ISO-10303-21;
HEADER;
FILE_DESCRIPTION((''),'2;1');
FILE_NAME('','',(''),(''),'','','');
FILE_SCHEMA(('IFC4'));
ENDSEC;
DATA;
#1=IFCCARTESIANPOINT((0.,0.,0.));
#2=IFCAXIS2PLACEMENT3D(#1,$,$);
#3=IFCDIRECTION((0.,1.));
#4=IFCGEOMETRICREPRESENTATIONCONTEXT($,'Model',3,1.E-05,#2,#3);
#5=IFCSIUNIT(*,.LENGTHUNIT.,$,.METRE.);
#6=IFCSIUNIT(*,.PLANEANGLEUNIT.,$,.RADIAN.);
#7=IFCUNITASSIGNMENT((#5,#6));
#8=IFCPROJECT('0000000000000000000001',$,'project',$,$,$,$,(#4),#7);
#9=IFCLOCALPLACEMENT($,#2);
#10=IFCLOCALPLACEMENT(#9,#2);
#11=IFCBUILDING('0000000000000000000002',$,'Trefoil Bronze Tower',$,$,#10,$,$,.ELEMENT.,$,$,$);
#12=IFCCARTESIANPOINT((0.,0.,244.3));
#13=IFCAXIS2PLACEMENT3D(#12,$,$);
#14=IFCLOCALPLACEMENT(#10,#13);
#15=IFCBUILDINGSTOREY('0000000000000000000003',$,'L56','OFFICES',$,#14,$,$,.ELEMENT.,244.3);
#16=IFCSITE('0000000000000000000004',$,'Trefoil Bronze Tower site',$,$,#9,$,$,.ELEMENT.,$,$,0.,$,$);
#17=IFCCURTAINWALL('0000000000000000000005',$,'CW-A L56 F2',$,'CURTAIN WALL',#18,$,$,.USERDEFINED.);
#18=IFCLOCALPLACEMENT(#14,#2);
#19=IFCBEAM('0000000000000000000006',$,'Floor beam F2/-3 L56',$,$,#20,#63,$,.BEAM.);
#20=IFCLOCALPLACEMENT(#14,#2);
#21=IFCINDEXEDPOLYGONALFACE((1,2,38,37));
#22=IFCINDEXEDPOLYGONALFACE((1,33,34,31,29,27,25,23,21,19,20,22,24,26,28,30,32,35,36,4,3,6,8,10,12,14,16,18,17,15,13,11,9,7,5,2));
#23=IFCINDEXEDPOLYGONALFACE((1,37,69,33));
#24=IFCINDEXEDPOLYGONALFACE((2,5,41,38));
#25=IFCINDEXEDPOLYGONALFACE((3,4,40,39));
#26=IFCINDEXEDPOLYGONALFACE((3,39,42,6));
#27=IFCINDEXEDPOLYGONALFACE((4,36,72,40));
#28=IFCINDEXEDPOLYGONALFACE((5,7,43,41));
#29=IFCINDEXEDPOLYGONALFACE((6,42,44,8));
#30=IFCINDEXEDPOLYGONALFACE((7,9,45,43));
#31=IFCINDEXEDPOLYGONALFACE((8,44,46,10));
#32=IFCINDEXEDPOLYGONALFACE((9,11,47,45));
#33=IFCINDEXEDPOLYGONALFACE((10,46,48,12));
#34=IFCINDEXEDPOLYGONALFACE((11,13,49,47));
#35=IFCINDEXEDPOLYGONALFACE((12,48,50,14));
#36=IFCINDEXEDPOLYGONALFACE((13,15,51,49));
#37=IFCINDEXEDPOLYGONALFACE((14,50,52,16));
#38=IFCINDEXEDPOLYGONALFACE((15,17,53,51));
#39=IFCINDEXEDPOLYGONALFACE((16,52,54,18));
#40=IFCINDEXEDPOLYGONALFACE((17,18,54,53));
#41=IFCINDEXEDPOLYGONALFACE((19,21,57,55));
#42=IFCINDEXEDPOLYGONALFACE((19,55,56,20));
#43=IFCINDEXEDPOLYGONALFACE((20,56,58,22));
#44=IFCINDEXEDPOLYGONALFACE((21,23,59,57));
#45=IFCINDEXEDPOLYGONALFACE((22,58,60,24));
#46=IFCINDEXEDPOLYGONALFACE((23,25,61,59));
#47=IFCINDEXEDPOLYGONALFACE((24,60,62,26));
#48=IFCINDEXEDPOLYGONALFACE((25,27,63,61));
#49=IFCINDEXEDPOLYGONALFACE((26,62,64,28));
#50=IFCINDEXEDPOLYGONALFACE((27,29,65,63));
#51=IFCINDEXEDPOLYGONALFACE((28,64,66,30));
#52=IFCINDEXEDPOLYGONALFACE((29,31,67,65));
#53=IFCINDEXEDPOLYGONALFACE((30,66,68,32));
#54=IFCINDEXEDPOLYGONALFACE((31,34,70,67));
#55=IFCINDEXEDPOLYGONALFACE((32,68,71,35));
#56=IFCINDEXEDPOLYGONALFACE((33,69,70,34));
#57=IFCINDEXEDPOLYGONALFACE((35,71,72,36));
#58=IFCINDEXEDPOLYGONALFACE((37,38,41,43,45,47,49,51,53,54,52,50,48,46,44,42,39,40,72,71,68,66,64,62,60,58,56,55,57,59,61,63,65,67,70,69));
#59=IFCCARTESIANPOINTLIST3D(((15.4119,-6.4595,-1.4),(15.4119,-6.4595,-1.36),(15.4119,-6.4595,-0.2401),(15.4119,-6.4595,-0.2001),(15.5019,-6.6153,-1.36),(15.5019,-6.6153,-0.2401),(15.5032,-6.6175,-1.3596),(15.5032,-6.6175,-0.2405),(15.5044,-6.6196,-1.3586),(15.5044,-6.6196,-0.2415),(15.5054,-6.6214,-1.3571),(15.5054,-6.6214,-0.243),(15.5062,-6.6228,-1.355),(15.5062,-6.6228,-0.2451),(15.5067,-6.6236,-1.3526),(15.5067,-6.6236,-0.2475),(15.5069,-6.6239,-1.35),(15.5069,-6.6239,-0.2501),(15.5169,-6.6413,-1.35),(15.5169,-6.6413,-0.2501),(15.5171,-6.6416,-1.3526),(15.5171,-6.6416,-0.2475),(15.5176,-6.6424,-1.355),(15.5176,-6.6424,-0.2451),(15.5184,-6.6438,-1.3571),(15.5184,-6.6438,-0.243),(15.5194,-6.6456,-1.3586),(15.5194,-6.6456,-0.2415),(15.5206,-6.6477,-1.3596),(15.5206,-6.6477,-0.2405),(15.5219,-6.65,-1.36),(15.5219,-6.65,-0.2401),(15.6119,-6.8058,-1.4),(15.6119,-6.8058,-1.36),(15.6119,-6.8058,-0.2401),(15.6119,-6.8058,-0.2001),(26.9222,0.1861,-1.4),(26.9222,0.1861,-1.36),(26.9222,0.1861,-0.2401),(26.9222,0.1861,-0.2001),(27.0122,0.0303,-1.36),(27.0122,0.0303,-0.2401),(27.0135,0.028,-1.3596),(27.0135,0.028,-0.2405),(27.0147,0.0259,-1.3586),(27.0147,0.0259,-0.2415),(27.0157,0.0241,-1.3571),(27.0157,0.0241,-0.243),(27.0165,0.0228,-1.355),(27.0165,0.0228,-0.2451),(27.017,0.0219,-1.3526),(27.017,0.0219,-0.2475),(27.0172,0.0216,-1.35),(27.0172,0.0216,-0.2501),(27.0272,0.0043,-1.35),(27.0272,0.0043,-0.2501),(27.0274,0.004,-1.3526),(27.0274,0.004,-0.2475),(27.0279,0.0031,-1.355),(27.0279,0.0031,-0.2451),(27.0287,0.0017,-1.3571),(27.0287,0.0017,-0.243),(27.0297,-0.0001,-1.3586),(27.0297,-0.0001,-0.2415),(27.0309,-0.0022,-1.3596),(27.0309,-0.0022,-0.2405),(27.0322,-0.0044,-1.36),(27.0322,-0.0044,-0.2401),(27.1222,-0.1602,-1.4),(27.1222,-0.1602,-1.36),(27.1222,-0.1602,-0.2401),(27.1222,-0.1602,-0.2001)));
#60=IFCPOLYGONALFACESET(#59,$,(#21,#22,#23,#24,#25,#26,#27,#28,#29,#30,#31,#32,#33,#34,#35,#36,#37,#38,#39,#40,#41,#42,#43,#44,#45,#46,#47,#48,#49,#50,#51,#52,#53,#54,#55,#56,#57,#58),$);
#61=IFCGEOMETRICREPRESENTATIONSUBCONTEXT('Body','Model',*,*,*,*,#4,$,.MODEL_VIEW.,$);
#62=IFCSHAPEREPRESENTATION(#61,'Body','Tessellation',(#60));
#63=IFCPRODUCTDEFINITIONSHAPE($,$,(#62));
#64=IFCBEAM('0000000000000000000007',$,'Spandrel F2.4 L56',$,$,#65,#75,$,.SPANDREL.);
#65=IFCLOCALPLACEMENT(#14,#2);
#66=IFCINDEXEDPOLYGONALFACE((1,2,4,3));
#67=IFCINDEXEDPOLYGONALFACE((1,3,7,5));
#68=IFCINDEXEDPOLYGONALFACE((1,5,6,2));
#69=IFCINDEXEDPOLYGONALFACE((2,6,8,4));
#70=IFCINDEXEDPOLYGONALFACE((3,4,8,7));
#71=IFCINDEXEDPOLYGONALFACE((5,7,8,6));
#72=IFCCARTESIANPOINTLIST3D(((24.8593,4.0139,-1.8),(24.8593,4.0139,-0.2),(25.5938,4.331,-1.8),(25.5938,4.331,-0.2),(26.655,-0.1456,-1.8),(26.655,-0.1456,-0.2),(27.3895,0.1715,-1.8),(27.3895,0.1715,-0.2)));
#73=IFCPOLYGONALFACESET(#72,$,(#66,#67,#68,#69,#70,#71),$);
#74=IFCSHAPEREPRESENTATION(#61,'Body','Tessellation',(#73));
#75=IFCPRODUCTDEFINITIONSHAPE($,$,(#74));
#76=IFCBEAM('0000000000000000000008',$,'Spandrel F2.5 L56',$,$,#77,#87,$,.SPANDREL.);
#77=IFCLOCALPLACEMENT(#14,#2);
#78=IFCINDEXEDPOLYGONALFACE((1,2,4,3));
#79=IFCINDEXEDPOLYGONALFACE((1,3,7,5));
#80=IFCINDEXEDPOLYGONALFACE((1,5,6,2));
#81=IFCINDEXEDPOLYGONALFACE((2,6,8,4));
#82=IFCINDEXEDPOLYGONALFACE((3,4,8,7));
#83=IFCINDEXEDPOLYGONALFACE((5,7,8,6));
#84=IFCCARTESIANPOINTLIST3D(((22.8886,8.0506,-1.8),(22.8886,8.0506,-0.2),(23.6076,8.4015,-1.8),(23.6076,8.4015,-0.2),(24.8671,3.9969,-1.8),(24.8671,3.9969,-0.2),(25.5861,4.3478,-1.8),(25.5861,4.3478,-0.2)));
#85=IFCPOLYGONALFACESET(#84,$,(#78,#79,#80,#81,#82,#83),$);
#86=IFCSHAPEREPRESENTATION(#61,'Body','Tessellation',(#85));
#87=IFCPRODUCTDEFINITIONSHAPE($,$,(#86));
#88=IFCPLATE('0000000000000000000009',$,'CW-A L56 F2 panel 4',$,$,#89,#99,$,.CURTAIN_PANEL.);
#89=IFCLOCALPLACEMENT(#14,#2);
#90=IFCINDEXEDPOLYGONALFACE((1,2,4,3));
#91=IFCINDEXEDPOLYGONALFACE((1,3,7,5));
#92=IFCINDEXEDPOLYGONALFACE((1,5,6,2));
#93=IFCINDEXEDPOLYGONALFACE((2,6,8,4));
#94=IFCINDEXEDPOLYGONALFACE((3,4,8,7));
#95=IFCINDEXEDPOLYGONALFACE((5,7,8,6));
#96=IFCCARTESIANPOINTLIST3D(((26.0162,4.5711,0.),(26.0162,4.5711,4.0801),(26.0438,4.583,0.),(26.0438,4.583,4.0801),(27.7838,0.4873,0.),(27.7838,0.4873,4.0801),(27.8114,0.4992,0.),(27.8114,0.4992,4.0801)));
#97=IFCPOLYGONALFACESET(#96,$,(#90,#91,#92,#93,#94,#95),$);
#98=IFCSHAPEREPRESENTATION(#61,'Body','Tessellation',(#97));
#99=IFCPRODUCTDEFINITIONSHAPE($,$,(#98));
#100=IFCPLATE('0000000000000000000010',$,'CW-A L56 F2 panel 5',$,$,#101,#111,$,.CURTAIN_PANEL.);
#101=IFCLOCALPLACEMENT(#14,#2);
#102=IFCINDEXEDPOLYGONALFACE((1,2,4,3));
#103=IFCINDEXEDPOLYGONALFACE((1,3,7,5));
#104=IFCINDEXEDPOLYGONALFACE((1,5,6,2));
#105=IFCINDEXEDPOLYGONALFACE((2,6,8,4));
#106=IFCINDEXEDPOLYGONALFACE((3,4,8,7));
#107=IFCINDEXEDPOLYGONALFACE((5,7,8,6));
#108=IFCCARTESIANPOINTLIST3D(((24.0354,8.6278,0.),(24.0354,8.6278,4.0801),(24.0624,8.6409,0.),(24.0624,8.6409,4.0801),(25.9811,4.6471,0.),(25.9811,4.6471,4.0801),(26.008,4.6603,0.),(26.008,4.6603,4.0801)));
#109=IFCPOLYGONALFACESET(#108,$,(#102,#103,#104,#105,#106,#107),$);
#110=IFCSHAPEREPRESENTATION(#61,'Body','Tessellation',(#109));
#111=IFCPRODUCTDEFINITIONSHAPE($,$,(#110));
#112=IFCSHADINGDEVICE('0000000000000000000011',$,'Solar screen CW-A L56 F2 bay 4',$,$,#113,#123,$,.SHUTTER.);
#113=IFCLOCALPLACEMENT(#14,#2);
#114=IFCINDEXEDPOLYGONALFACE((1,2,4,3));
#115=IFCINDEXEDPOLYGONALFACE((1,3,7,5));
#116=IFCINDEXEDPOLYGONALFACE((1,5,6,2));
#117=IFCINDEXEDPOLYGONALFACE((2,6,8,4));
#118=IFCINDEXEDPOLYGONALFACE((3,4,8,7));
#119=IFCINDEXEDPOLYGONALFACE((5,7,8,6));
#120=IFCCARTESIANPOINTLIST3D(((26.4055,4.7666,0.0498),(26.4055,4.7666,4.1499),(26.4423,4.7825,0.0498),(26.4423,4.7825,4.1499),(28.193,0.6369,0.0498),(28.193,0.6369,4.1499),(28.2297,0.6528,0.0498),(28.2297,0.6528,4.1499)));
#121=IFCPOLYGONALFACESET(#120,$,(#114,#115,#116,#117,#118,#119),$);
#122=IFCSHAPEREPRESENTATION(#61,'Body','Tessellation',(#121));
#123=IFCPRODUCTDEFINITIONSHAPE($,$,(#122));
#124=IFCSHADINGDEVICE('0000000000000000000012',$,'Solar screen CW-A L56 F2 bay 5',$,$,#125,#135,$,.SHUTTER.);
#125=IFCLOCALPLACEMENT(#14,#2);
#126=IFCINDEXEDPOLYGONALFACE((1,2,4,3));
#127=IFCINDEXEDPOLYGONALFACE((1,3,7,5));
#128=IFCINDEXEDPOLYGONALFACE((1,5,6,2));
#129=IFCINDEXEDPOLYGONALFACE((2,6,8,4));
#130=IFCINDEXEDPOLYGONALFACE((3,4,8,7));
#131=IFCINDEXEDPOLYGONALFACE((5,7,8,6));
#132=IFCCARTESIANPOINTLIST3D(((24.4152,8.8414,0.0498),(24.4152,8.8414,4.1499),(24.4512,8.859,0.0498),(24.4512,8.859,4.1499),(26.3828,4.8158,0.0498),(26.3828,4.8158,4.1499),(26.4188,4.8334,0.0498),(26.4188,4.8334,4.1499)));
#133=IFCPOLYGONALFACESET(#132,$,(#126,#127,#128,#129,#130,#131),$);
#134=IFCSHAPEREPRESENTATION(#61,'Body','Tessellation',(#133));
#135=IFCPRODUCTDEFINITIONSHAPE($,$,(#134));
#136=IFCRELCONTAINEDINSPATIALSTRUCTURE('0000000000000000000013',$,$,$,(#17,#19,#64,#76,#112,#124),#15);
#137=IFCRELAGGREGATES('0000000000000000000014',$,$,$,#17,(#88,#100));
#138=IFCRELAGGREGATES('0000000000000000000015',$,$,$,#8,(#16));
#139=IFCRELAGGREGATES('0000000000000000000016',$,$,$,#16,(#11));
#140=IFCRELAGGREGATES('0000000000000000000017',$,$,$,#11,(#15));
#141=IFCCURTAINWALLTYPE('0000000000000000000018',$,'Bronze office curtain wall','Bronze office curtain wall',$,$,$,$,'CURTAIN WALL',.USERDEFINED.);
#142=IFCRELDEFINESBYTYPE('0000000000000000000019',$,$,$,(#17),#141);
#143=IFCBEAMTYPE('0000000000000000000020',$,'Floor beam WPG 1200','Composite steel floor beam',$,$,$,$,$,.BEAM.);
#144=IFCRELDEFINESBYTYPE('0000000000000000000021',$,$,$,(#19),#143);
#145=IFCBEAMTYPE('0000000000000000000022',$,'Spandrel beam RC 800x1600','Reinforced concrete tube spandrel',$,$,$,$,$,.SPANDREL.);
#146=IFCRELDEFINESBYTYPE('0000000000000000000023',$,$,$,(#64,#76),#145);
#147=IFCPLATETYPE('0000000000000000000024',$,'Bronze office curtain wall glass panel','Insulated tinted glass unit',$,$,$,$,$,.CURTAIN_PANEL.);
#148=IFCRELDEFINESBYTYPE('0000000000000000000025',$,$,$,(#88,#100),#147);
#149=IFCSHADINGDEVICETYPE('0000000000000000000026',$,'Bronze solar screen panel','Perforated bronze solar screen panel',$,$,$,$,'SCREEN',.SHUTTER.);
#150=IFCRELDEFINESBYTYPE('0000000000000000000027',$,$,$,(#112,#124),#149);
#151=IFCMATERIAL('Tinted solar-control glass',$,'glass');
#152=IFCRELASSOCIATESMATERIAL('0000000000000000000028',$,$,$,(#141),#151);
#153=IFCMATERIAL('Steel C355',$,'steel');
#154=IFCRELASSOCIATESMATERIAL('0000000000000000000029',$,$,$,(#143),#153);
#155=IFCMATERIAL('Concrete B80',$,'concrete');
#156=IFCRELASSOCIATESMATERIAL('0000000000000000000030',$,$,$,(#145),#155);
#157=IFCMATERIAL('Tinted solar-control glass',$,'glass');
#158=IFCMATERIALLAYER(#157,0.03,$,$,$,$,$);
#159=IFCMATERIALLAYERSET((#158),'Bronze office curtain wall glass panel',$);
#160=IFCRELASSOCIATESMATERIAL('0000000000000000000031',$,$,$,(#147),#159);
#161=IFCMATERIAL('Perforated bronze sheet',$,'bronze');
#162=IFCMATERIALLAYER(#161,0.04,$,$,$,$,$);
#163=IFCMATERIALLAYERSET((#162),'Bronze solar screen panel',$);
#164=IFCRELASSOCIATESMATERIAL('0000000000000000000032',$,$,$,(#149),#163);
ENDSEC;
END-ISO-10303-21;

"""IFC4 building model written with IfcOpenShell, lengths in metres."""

from ifc_helpers import new_model, si_unit, direction, frame, origin, origin_2d, place, context, subcontext, project, spatial, rectangle, i_section, extrude, material, layer, layer_set, material_profile, profile_set, type_object, element, aggregate, save


model = new_model("IFC4")

# Units and contexts
model_context = context("Model", 3, precision=1e-05, world=origin(), true_north=direction((0.0, 1.0)))
body_context = subcontext(model_context, "Body", "Model", "MODEL_VIEW")
ifc_project = project(units=[si_unit("LENGTHUNIT", "METRE"), si_unit("PLANEANGLEUNIT", "RADIAN")], contexts=[model_context])

# Site, building, storey
site_placement = place(None, origin())
site = spatial("IfcSite", under=ifc_project, at=site_placement, Name="Trefoil Bronze Tower site", CompositionType="ELEMENT", RefElevation=0.0)
building_placement = place(site_placement, origin())
building = spatial("IfcBuilding", under=site, at=building_placement, Name="Trefoil Bronze Tower", CompositionType="ELEMENT")
storey_placement = place(building_placement, frame((0.0, 0.0, 244.3)))
storey = spatial("IfcBuildingStorey", under=building, at=storey_placement, Name="L56", Description="OFFICES", CompositionType="ELEMENT", Elevation=244.3)

# Curtain wall
ifc_material_1 = material(Name="Tinted solar-control glass", Category="glass")
curtain_wall_type = type_object("IfcCurtainWallType", Name="Bronze office curtain wall", Description="Bronze office curtain wall", ElementType="CURTAIN WALL", PredefinedType="USERDEFINED", material=ifc_material_1)
curtain_wall_placement = place(storey_placement, origin())
curtain_wall = element("IfcCurtainWall", 1, at=curtain_wall_placement, inside=storey, type_object=curtain_wall_type, Name="CW-A L56 F2", ObjectType="CURTAIN WALL", PredefinedType="USERDEFINED")

# Beams
ifc_material_2 = material(Name="Steel C355", Category="steel")
ifc_material_profile_1 = material_profile(ifc_material_2, i_section(OverallWidth=0.3999, OverallDepth=1.2, WebThickness=0.02, FlangeThickness=0.04, FilletRadius=0.01, at=origin_2d()), Name="WPG 1200")
ifc_profile_set_1 = profile_set([ifc_material_profile_1], Name="Steel C355")
beam_type_1 = type_object("IfcBeamType", Name="Floor beam WPG 1200", Description="Composite steel floor beam", PredefinedType="BEAM", material=ifc_profile_set_1)
beam_1_placement = place(storey_placement, frame((27.0222, 0.0129, -0.8), z_axis=(-0.866023, -0.500003, 0.0), x_axis=(0.500003, -0.866023, 0.0)))
element("IfcBeam", 2, at=beam_1_placement, inside=storey, type_object=beam_type_1, Name="Floor beam F2/-3 L56", PredefinedType="BEAM", context=body_context, shape_type="SweptSolid", body=[
    extrude(i_section(OverallWidth=0.3999, OverallDepth=1.2, WebThickness=0.02, FlangeThickness=0.04, FilletRadius=0.01, at=origin_2d()), origin(), (0.0, 0.0, 1.0), 13.291),
])
ifc_material_3 = material(Name="Concrete B80", Category="concrete")
ifc_material_profile_2 = material_profile(ifc_material_3, rectangle(XDim=0.8, YDim=1.6001, at=origin_2d()), Name="RC 800x1600")
ifc_profile_set_2 = profile_set([ifc_material_profile_2], Name="Concrete B80")
beam_type_2 = type_object("IfcBeamType", Name="Spandrel beam RC 800x1600", Description="Reinforced concrete tube spandrel", PredefinedType="SPANDREL", material=ifc_profile_set_2)
beam_2_placement = place(storey_placement, frame((27.0222, 0.0129, -1.0), z_axis=(-0.39635, 0.918099, 0.0), x_axis=(-0.918099, -0.39635, 0.0)))
element("IfcBeam", 3, at=beam_2_placement, inside=storey, type_object=beam_type_2, Name="Spandrel F2.4 L56", PredefinedType="SPANDREL", context=body_context, shape_type="SweptSolid", body=[
    extrude(rectangle(XDim=0.8, YDim=1.6001, at=origin_2d()), origin(), (0.0, 0.0, 1.0), 4.5305),
])
beam_3_placement = place(storey_placement, frame((25.2266, 4.1724, -1.0), z_axis=(-0.43862, 0.898673, 0.0), x_axis=(-0.898673, -0.43862, 0.0)))
element("IfcBeam", 4, at=beam_3_placement, inside=storey, type_object=beam_type_2, Name="Spandrel F2.5 L56", PredefinedType="SPANDREL", context=body_context, shape_type="SweptSolid", body=[
    extrude(rectangle(XDim=0.8, YDim=1.6001, at=origin_2d()), origin(), (0.0, 0.0, 1.0), 4.5107),
])

# Plates
ifc_material_4 = material(Name="Tinted solar-control glass", Category="glass")
ifc_layer_1 = layer(ifc_material_4, 0.03)
ifc_layer_set_1 = layer_set([ifc_layer_1], Name="Bronze office curtain wall glass panel")
plate_type = type_object("IfcPlateType", Name="Bronze office curtain wall glass panel", Description="Insulated tinted glass unit", PredefinedType="CURTAIN_PANEL", material=ifc_layer_set_1)
plate_1_placement = place(storey_placement, frame((26.9138, 2.5352, 0.0), z_axis=(0.0, 0.0, 1.0), x_axis=(-0.39722, 0.917723, 0.0)))
plate_1 = element("IfcPlate", 5, at=plate_1_placement, type_object=plate_type, Name="CW-A L56 F2 panel 4", PredefinedType="CURTAIN_PANEL", context=body_context, shape_type="SweptSolid", body=[
    extrude(rectangle(XDim=4.45, YDim=0.03, at=origin_2d()), origin(), (0.0, 0.0, 1.0), 4.0801),
])
plate_2_placement = place(storey_placement, frame((25.0217, 6.644, 0.0), z_axis=(0.0, 0.0, 1.0), x_axis=(-0.439129, 0.898424, 0.0)))
plate_2 = element("IfcPlate", 6, at=plate_2_placement, type_object=plate_type, Name="CW-A L56 F2 panel 5", PredefinedType="CURTAIN_PANEL", context=body_context, shape_type="SweptSolid", body=[
    extrude(rectangle(XDim=4.4307, YDim=0.03, at=origin_2d()), origin(), (0.0, 0.0, 1.0), 4.0801),
])
aggregate(curtain_wall, [plate_1, plate_2])

# Shading devices
ifc_material_5 = material(Name="Perforated bronze sheet", Category="bronze")
ifc_layer_2 = layer(ifc_material_5, 0.04)
ifc_layer_set_2 = layer_set([ifc_layer_2], Name="Bronze solar screen panel")
shading_device_type = type_object("IfcShadingDeviceType", Name="Bronze solar screen panel", Description="Perforated bronze solar screen panel", ElementType="SCREEN", PredefinedType="SHUTTER", material=ifc_layer_set_2)
shading_device_1_placement = place(storey_placement, frame((27.3176, 2.7097, 0.0498), z_axis=(0.0, 0.0, 1.0), x_axis=(-0.39722, 0.917723, 0.0)))
element("IfcShadingDevice", 7, at=shading_device_1_placement, inside=storey, type_object=shading_device_type, Name="Solar screen CW-A L56 F2 bay 4", PredefinedType="SHUTTER", context=body_context, shape_type="SweptSolid", body=[
    extrude(rectangle(XDim=4.5, YDim=0.04, at=origin_2d()), origin(), (0.0, 0.0, 1.0), 4.1001),
])
shading_device_2_placement = place(storey_placement, frame((25.417, 6.8374, 0.0498), z_axis=(0.0, 0.0, 1.0), x_axis=(-0.439129, 0.898424, 0.0)))
element("IfcShadingDevice", 8, at=shading_device_2_placement, inside=storey, type_object=shading_device_type, Name="Solar screen CW-A L56 F2 bay 5", PredefinedType="SHUTTER", context=body_context, shape_type="SweptSolid", body=[
    extrude(rectangle(XDim=4.4807, YDim=0.04, at=origin_2d()), origin(), (0.0, 0.0, 1.0), 4.1001),
])

save(model, "model.ifc")
